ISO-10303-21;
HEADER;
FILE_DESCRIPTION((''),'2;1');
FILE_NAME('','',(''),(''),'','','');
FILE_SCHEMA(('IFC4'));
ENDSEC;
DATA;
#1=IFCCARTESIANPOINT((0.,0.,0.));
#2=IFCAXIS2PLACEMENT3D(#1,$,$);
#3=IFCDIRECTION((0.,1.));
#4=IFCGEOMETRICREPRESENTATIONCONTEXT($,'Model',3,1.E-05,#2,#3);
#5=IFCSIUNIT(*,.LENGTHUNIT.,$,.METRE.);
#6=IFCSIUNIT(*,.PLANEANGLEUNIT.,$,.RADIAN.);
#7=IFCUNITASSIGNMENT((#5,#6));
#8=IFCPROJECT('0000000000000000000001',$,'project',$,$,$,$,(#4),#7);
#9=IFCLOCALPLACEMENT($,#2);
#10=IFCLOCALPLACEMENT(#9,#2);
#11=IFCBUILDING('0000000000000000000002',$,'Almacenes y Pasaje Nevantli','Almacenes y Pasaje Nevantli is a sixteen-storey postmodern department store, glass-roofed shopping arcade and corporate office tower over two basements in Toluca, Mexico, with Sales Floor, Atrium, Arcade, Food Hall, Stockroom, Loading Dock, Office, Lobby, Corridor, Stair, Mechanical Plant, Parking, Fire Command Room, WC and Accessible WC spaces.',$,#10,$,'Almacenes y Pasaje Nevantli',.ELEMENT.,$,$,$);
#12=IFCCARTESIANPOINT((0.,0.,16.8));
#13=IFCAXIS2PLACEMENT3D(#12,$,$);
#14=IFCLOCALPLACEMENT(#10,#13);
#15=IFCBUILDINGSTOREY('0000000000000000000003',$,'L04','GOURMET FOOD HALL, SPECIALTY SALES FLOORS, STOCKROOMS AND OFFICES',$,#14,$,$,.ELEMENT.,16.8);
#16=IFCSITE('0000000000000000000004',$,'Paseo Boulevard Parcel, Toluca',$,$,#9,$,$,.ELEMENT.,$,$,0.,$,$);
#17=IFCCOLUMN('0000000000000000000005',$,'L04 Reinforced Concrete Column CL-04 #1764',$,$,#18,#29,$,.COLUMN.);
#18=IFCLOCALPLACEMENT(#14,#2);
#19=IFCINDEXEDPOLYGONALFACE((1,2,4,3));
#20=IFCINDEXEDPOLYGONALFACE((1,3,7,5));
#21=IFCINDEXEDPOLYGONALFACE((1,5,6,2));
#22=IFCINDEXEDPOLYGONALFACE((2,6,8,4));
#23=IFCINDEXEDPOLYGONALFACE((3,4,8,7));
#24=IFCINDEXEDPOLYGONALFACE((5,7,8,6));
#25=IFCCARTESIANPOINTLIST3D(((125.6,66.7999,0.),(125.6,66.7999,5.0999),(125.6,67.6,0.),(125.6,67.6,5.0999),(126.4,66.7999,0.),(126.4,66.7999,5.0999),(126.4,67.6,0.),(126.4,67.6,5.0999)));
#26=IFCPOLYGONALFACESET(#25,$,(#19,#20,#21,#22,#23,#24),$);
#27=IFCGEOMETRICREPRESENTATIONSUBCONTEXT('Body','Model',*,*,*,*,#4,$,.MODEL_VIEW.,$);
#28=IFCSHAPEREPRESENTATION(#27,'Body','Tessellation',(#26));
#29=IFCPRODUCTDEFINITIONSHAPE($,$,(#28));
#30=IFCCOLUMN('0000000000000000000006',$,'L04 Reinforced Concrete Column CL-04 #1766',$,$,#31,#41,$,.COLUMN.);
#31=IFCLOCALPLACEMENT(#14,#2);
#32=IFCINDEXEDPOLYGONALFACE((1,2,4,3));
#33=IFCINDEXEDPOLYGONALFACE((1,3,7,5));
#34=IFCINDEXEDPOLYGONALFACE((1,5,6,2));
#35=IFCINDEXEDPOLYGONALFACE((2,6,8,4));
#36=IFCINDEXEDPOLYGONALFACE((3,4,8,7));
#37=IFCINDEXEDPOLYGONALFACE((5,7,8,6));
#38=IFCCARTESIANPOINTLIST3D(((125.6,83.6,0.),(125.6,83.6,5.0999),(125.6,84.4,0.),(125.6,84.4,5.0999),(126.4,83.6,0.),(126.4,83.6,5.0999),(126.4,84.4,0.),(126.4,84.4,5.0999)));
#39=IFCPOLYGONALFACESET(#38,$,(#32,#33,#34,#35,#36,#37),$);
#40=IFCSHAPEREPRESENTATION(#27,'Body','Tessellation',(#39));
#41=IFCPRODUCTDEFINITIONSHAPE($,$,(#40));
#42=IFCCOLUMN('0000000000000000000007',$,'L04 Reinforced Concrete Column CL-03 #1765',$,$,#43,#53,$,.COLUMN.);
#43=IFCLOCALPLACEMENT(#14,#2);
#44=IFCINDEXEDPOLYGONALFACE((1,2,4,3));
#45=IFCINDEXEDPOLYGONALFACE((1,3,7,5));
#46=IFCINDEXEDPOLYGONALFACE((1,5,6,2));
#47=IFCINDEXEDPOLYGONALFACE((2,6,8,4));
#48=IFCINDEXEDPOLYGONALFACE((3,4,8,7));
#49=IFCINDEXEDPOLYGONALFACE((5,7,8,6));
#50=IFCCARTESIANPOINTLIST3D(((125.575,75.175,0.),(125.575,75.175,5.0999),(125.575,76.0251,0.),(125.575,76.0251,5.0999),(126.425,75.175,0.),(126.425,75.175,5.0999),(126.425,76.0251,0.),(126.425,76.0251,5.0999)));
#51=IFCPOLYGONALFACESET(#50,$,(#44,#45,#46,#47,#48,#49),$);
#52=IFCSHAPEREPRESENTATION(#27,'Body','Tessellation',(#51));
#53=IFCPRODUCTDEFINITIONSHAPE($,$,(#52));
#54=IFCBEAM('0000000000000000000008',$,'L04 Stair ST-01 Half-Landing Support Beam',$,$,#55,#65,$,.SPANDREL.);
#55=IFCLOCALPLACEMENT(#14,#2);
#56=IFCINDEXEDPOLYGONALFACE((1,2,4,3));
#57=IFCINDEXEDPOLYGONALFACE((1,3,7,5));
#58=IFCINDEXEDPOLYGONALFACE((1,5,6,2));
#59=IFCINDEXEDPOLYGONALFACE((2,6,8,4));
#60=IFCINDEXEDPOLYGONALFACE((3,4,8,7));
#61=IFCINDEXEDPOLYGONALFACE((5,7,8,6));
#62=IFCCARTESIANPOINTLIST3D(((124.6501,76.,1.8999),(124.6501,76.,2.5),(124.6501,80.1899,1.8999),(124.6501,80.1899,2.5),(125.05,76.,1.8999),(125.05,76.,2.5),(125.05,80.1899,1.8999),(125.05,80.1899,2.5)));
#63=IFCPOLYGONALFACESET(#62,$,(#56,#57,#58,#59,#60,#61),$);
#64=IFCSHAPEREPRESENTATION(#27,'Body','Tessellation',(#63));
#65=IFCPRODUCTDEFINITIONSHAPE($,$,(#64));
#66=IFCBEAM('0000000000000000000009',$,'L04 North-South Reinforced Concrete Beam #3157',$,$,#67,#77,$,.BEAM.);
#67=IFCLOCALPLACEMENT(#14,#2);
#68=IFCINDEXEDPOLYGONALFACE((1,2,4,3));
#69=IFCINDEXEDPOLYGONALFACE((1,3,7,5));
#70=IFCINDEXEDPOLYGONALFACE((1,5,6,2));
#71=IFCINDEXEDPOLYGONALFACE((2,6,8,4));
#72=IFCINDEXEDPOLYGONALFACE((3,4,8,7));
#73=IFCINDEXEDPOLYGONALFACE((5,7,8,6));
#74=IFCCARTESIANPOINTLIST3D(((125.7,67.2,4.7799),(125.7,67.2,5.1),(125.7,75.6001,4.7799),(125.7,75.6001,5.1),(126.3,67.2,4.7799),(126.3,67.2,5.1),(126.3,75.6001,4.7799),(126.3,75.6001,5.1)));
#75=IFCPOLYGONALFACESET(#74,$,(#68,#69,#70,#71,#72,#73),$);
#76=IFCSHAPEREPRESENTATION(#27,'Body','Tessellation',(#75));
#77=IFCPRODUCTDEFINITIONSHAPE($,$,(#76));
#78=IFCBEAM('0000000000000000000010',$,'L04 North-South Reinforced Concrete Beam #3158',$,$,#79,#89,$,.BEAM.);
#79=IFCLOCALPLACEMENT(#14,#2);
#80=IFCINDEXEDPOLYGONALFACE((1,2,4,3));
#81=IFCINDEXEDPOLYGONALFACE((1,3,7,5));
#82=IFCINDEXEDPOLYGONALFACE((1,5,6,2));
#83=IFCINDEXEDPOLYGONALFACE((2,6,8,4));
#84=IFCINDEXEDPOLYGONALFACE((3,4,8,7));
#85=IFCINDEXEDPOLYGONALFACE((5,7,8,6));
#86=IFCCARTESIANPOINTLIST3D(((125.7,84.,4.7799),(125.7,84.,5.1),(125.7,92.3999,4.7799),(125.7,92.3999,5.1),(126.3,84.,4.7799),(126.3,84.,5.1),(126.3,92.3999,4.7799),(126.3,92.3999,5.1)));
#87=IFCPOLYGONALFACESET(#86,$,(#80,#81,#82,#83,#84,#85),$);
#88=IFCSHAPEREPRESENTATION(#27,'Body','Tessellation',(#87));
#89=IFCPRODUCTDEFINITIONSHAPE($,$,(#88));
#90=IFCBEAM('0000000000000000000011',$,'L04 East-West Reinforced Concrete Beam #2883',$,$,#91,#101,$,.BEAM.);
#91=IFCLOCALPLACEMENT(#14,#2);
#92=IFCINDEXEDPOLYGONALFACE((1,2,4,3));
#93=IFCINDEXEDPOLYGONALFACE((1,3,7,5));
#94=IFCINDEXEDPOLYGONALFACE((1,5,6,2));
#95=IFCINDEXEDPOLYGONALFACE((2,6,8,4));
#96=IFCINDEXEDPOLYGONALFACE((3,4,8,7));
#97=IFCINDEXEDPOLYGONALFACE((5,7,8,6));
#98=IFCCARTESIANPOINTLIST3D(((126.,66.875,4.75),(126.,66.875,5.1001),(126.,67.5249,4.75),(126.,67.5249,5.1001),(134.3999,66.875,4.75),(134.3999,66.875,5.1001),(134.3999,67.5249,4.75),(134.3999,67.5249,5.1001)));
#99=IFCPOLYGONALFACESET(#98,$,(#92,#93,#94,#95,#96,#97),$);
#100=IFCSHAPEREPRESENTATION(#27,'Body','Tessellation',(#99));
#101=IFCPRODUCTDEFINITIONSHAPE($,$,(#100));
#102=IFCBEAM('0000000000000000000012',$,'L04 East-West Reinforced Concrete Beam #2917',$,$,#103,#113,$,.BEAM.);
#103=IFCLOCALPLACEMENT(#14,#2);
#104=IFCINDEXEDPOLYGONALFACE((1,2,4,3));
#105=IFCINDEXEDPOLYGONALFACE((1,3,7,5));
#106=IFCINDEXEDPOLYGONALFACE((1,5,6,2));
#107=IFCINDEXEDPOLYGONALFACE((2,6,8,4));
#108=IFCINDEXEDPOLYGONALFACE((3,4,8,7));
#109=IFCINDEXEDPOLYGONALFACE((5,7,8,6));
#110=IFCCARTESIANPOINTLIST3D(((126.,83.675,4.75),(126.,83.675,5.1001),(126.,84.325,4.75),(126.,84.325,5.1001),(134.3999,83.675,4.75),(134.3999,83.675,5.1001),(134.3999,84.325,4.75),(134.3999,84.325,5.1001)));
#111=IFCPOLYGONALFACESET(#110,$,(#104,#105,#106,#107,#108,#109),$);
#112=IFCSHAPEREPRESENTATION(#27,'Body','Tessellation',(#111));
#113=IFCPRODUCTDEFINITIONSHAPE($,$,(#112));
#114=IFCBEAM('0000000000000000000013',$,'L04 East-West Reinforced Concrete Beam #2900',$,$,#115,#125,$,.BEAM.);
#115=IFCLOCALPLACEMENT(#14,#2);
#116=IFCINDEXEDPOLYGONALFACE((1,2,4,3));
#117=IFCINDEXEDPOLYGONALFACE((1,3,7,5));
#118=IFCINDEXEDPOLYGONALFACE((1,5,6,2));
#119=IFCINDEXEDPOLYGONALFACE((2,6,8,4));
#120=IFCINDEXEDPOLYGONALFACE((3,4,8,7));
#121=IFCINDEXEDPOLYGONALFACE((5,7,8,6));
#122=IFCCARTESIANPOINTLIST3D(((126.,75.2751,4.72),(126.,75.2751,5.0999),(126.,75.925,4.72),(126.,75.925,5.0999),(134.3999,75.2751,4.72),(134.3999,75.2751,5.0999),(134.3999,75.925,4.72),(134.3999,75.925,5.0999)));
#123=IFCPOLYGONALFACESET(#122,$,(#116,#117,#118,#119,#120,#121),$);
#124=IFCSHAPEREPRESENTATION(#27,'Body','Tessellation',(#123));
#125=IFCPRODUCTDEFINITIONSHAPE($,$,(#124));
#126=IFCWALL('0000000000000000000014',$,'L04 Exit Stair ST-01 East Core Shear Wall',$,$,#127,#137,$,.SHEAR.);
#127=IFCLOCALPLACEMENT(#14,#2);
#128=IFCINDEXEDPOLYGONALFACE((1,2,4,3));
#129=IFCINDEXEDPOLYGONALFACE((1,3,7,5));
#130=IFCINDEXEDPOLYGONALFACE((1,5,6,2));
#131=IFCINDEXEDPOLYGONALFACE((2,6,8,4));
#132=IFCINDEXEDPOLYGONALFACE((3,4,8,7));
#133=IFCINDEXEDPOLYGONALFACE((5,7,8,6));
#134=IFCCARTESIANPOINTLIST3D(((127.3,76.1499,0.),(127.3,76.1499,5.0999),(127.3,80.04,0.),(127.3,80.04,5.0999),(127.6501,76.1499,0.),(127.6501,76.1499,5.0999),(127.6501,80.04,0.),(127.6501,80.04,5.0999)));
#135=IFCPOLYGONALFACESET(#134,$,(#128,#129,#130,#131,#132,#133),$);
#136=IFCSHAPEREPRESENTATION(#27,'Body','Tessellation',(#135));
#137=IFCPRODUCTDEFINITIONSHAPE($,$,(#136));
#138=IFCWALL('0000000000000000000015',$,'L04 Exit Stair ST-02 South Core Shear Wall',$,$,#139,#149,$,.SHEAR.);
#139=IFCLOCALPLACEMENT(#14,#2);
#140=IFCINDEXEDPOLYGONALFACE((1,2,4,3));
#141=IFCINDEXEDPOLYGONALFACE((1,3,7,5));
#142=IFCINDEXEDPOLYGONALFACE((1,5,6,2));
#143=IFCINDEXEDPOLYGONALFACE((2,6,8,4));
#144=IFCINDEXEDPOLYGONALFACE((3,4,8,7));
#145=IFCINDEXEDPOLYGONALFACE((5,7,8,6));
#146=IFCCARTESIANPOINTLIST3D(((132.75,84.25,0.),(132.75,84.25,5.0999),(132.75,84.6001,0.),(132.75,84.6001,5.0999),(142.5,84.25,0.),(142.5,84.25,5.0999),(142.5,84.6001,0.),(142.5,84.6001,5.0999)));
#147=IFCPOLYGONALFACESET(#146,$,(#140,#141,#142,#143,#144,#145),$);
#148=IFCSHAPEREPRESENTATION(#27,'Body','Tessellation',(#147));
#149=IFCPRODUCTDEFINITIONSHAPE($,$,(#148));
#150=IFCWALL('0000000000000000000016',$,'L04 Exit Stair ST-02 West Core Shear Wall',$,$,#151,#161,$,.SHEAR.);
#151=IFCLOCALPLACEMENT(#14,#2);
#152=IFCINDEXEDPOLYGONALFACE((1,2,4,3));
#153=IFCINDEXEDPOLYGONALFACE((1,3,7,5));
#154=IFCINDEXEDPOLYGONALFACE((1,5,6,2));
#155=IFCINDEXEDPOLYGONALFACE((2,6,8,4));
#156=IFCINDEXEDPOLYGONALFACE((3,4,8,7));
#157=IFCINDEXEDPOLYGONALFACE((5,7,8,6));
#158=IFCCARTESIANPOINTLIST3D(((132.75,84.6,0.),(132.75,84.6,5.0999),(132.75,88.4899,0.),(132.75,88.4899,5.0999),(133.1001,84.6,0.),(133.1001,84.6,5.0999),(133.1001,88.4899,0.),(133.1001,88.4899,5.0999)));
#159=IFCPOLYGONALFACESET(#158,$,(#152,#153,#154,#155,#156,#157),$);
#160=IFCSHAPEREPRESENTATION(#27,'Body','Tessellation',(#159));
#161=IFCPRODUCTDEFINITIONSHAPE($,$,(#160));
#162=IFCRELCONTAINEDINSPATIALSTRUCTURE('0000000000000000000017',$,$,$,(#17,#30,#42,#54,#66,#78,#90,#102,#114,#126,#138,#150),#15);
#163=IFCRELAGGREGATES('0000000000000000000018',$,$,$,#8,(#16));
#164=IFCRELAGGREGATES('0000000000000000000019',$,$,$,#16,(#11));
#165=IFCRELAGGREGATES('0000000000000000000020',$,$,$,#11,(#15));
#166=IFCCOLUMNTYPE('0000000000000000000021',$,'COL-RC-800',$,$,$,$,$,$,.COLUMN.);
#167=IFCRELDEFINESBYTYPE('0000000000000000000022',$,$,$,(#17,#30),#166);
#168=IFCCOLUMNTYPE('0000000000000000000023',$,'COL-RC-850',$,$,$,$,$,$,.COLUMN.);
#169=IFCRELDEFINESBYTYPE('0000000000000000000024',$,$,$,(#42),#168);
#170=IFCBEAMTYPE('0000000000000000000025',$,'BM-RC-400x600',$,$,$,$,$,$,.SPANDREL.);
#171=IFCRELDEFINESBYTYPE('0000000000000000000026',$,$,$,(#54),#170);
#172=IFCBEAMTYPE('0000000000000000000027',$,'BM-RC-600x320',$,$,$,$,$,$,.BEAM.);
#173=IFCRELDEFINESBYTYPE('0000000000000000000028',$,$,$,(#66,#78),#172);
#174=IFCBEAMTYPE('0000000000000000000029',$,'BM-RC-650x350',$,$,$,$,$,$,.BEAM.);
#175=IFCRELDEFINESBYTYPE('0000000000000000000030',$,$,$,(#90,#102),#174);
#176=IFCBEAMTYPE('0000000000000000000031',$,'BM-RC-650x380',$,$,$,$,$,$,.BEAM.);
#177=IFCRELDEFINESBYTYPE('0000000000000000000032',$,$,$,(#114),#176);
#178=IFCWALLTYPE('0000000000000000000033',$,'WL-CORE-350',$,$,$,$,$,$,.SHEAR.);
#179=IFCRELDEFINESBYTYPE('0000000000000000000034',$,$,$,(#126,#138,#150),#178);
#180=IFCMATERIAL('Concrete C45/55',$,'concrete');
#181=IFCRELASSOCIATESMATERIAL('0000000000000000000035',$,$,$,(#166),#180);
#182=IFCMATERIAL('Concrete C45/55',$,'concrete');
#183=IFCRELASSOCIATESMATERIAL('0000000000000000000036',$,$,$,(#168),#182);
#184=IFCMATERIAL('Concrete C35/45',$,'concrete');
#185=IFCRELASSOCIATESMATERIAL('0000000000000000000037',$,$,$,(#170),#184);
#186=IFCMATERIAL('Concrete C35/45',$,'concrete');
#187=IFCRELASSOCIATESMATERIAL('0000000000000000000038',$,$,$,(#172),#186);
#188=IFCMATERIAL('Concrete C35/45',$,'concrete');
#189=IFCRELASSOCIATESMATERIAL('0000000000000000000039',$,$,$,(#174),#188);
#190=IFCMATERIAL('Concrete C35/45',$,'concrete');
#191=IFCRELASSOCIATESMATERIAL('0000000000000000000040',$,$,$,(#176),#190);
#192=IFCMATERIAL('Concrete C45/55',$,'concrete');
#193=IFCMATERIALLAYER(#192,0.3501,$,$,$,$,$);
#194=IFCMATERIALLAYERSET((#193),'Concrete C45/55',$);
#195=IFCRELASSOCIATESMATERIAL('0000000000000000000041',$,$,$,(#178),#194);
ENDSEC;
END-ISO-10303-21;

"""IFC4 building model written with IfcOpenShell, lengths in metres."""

from ifc_helpers import new_model, si_unit, direction, frame, frame_2d, origin, origin_2d, place, context, subcontext, project, spatial, rectangle, extrude, material, layer, layer_set, material_profile, profile_set, type_object, element, save


model = new_model("IFC4")

# Units and contexts
model_context = context("Model", 3, precision=1e-05, world=origin(), true_north=direction((0.0, 1.0)))
body_context = subcontext(model_context, "Body", "Model", "MODEL_VIEW")
ifc_project = project(units=[si_unit("LENGTHUNIT", "METRE"), si_unit("PLANEANGLEUNIT", "RADIAN")], contexts=[model_context])

# Site, building, storey
site_placement = place(None, origin())
site = spatial("IfcSite", under=ifc_project, at=site_placement, Name="Paseo Boulevard Parcel, Toluca", CompositionType="ELEMENT", RefElevation=0.0)
building_placement = place(site_placement, origin())
building = spatial("IfcBuilding", under=site, at=building_placement, Name="Almacenes y Pasaje Nevantli", Description="Almacenes y Pasaje Nevantli is a sixteen-storey postmodern department store, glass-roofed shopping arcade and corporate office tower over two basements in Toluca, Mexico, with Sales Floor, Atrium, Arcade, Food Hall, Stockroom, Loading Dock, Office, Lobby, Corridor, Stair, Mechanical Plant, Parking, Fire Command Room, WC and Accessible WC spaces.", LongName="Almacenes y Pasaje Nevantli", CompositionType="ELEMENT")
storey_placement = place(building_placement, frame((0.0, 0.0, 16.8)))
storey = spatial("IfcBuildingStorey", under=building, at=storey_placement, Name="L04", Description="GOURMET FOOD HALL, SPECIALTY SALES FLOORS, STOCKROOMS AND OFFICES", CompositionType="ELEMENT", Elevation=16.8)

# Columns
ifc_material_1 = material(Name="Concrete C45/55", Category="concrete")
ifc_material_profile_1 = material_profile(ifc_material_1, rectangle(XDim=0.8, YDim=0.8, at=origin_2d()), Name="RC-COL-800x800")
ifc_profile_set_1 = profile_set([ifc_material_profile_1], Name="Concrete C45/55")
column_type_1 = type_object("IfcColumnType", Name="COL-RC-800", PredefinedType="COLUMN", material=ifc_profile_set_1)
for number, where, z_axis, x_axis, name in (
    (1, (126.0, 67.2, 0.0), (0.0, 0.0, 1.0), (1.0, 0.0, 0.0), "L04 Reinforced Concrete Column CL-04 #1764"),
    (2, (126.0, 84.0, 0.0), (0.0, 0.0, 1.0), (1.0, 0.0, 0.0), "L04 Reinforced Concrete Column CL-04 #1766"),
):
    element("IfcColumn", number, at=place(storey_placement, frame(where, z_axis=z_axis, x_axis=x_axis)), inside=storey, type_object=column_type_1, Name=name, PredefinedType="COLUMN", context=body_context, shape_type="SweptSolid", body=[
        extrude(rectangle(XDim=0.8, YDim=0.8, at=origin_2d()), origin(), (0.0, 0.0, 1.0), 5.0999),
    ])
ifc_material_2 = material(Name="Concrete C45/55", Category="concrete")
ifc_material_profile_2 = material_profile(ifc_material_2, rectangle(XDim=0.8501, YDim=0.8501, at=origin_2d()), Name="RC-COL-850x850")
ifc_profile_set_2 = profile_set([ifc_material_profile_2], Name="Concrete C45/55")
column_type_2 = type_object("IfcColumnType", Name="COL-RC-850", PredefinedType="COLUMN", material=ifc_profile_set_2)
column_placement = place(storey_placement, frame((126.0, 75.6001, 0.0), z_axis=(0.0, 0.0, 1.0), x_axis=(1.0, 0.0, 0.0)))
element("IfcColumn", 3, at=column_placement, inside=storey, type_object=column_type_2, Name="L04 Reinforced Concrete Column CL-03 #1765", PredefinedType="COLUMN", context=body_context, shape_type="SweptSolid", body=[
    extrude(rectangle(XDim=0.8501, YDim=0.8501, at=origin_2d()), origin(), (0.0, 0.0, 1.0), 5.0999),
])

# Beams
ifc_material_3 = material(Name="Concrete C35/45", Category="concrete")
ifc_material_profile_3 = material_profile(ifc_material_3, rectangle(XDim=0.3999, YDim=0.6001, at=origin_2d()), Name="RC-BM-400x600")
ifc_profile_set_3 = profile_set([ifc_material_profile_3], Name="Concrete C35/45")
beam_type_1 = type_object("IfcBeamType", Name="BM-RC-400x600", PredefinedType="SPANDREL", material=ifc_profile_set_3)
beam_1_placement = place(storey_placement, frame((124.8501, 76.0, 2.2), z_axis=(0.0, 1.0, 0.0), x_axis=(-1.0, 0.0, 0.0)))
element("IfcBeam", 4, at=beam_1_placement, inside=storey, type_object=beam_type_1, Name="L04 Stair ST-01 Half-Landing Support Beam", PredefinedType="SPANDREL", context=body_context, shape_type="SweptSolid", body=[
    extrude(rectangle(XDim=0.3999, YDim=0.6001, at=origin_2d()), origin(), (0.0, 0.0, 1.0), 4.1899),
])
ifc_material_4 = material(Name="Concrete C35/45", Category="concrete")
ifc_material_profile_4 = material_profile(ifc_material_4, rectangle(XDim=0.6001, YDim=0.3201, at=origin_2d()), Name="RC-BM-600x320")
ifc_profile_set_4 = profile_set([ifc_material_profile_4], Name="Concrete C35/45")
beam_type_2 = type_object("IfcBeamType", Name="BM-RC-600x320", PredefinedType="BEAM", material=ifc_profile_set_4)
beam_2_placement = place(storey_placement, frame((126.0, 67.2, 4.9399), z_axis=(0.0, 1.0, 0.0), x_axis=(-1.0, 0.0, 0.0)))
element("IfcBeam", 5, at=beam_2_placement, inside=storey, type_object=beam_type_2, Name="L04 North-South Reinforced Concrete Beam #3157", PredefinedType="BEAM", context=body_context, shape_type="SweptSolid", body=[
    extrude(rectangle(XDim=0.6001, YDim=0.3201, at=origin_2d()), origin(), (0.0, 0.0, 1.0), 8.4001),
])
beam_3_placement = place(storey_placement, frame((126.0, 84.0, 4.9399), z_axis=(0.0, 1.0, 0.0), x_axis=(-1.0, 0.0, 0.0)))
element("IfcBeam", 6, at=beam_3_placement, inside=storey, type_object=beam_type_2, Name="L04 North-South Reinforced Concrete Beam #3158", PredefinedType="BEAM", context=body_context, shape_type="SweptSolid", body=[
    extrude(rectangle(XDim=0.6001, YDim=0.3201, at=origin_2d()), origin(), (0.0, 0.0, 1.0), 8.3999),
])
ifc_material_5 = material(Name="Concrete C35/45", Category="concrete")
ifc_material_profile_5 = material_profile(ifc_material_5, rectangle(XDim=0.6499, YDim=0.3501, at=origin_2d()), Name="RC-BM-650x350")
ifc_profile_set_5 = profile_set([ifc_material_profile_5], Name="Concrete C35/45")
beam_type_3 = type_object("IfcBeamType", Name="BM-RC-650x350", PredefinedType="BEAM", material=ifc_profile_set_5)
for number, where, z_axis, x_axis, name in (
    (7, (126.0, 67.2, 4.925), (1.0, 0.0, 0.0), (0.0, 1.0, 0.0), "L04 East-West Reinforced Concrete Beam #2883"),
    (8, (126.0, 84.0, 4.925), (1.0, 0.0, 0.0), (0.0, 1.0, 0.0), "L04 East-West Reinforced Concrete Beam #2917"),
):
    element("IfcBeam", number, at=place(storey_placement, frame(where, z_axis=z_axis, x_axis=x_axis)), inside=storey, type_object=beam_type_3, Name=name, PredefinedType="BEAM", context=body_context, shape_type="SweptSolid", body=[
        extrude(rectangle(XDim=0.6499, YDim=0.3501, at=origin_2d()), origin(), (0.0, 0.0, 1.0), 8.3999),
    ])
ifc_material_6 = material(Name="Concrete C35/45", Category="concrete")
ifc_material_profile_6 = material_profile(ifc_material_6, rectangle(XDim=0.6499, YDim=0.3799, at=origin_2d()), Name="RC-BM-650x380")
ifc_profile_set_6 = profile_set([ifc_material_profile_6], Name="Concrete C35/45")
beam_type_4 = type_object("IfcBeamType", Name="BM-RC-650x380", PredefinedType="BEAM", material=ifc_profile_set_6)
beam_4_placement = place(storey_placement, frame((126.0, 75.6001, 4.9099), z_axis=(1.0, 0.0, 0.0), x_axis=(0.0, 1.0, 0.0)))
element("IfcBeam", 9, at=beam_4_placement, inside=storey, type_object=beam_type_4, Name="L04 East-West Reinforced Concrete Beam #2900", PredefinedType="BEAM", context=body_context, shape_type="SweptSolid", body=[
    extrude(rectangle(XDim=0.6499, YDim=0.3799, at=origin_2d()), origin(), (0.0, 0.0, 1.0), 8.3999),
])

# Walls
ifc_material_7 = material(Name="Concrete C45/55", Category="concrete")
ifc_layer_1 = layer(ifc_material_7, 0.3501)
ifc_layer_set_1 = layer_set([ifc_layer_1], Name="Concrete C45/55")
wall_type_1 = type_object("IfcWallType", Name="WL-CORE-350", PredefinedType="SHEAR", material=ifc_layer_set_1)
wall_1_placement = place(storey_placement, frame((127.4751, 76.1499, 0.0), z_axis=(0.0, 0.0, 1.0), x_axis=(0.0, 1.0, 0.0)))
element("IfcWall", 10, at=wall_1_placement, inside=storey, type_object=wall_type_1, Name="L04 Exit Stair ST-01 East Core Shear Wall", PredefinedType="SHEAR", context=body_context, shape_type="SweptSolid", body=[
    extrude(rectangle(XDim=3.8901, YDim=0.3501, at=frame_2d((1.9451, 0.0))), origin(), (0.0, 0.0, 1.0), 5.0999),
])
wall_2_placement = place(storey_placement, frame((132.75, 84.425, 0.0), z_axis=(0.0, 0.0, 1.0), x_axis=(1.0, 0.0, 0.0)))
element("IfcWall", 11, at=wall_2_placement, inside=storey, type_object=wall_type_1, Name="L04 Exit Stair ST-02 South Core Shear Wall", PredefinedType="SHEAR", context=body_context, shape_type="SweptSolid", body=[
    extrude(rectangle(XDim=9.75, YDim=0.3501, at=frame_2d((4.875, 0.0))), origin(), (0.0, 0.0, 1.0), 5.0999),
])
wall_3_placement = place(storey_placement, frame((132.925, 84.6001, 0.0), z_axis=(0.0, 0.0, 1.0), x_axis=(0.0, 1.0, 0.0)))
element("IfcWall", 12, at=wall_3_placement, inside=storey, type_object=wall_type_1, Name="L04 Exit Stair ST-02 West Core Shear Wall", PredefinedType="SHEAR", context=body_context, shape_type="SweptSolid", body=[
    extrude(rectangle(XDim=3.8899, YDim=0.3501, at=frame_2d((1.9448, 0.0))), origin(), (0.0, 0.0, 1.0), 5.0999),
])

save(model, "model.ifc")
